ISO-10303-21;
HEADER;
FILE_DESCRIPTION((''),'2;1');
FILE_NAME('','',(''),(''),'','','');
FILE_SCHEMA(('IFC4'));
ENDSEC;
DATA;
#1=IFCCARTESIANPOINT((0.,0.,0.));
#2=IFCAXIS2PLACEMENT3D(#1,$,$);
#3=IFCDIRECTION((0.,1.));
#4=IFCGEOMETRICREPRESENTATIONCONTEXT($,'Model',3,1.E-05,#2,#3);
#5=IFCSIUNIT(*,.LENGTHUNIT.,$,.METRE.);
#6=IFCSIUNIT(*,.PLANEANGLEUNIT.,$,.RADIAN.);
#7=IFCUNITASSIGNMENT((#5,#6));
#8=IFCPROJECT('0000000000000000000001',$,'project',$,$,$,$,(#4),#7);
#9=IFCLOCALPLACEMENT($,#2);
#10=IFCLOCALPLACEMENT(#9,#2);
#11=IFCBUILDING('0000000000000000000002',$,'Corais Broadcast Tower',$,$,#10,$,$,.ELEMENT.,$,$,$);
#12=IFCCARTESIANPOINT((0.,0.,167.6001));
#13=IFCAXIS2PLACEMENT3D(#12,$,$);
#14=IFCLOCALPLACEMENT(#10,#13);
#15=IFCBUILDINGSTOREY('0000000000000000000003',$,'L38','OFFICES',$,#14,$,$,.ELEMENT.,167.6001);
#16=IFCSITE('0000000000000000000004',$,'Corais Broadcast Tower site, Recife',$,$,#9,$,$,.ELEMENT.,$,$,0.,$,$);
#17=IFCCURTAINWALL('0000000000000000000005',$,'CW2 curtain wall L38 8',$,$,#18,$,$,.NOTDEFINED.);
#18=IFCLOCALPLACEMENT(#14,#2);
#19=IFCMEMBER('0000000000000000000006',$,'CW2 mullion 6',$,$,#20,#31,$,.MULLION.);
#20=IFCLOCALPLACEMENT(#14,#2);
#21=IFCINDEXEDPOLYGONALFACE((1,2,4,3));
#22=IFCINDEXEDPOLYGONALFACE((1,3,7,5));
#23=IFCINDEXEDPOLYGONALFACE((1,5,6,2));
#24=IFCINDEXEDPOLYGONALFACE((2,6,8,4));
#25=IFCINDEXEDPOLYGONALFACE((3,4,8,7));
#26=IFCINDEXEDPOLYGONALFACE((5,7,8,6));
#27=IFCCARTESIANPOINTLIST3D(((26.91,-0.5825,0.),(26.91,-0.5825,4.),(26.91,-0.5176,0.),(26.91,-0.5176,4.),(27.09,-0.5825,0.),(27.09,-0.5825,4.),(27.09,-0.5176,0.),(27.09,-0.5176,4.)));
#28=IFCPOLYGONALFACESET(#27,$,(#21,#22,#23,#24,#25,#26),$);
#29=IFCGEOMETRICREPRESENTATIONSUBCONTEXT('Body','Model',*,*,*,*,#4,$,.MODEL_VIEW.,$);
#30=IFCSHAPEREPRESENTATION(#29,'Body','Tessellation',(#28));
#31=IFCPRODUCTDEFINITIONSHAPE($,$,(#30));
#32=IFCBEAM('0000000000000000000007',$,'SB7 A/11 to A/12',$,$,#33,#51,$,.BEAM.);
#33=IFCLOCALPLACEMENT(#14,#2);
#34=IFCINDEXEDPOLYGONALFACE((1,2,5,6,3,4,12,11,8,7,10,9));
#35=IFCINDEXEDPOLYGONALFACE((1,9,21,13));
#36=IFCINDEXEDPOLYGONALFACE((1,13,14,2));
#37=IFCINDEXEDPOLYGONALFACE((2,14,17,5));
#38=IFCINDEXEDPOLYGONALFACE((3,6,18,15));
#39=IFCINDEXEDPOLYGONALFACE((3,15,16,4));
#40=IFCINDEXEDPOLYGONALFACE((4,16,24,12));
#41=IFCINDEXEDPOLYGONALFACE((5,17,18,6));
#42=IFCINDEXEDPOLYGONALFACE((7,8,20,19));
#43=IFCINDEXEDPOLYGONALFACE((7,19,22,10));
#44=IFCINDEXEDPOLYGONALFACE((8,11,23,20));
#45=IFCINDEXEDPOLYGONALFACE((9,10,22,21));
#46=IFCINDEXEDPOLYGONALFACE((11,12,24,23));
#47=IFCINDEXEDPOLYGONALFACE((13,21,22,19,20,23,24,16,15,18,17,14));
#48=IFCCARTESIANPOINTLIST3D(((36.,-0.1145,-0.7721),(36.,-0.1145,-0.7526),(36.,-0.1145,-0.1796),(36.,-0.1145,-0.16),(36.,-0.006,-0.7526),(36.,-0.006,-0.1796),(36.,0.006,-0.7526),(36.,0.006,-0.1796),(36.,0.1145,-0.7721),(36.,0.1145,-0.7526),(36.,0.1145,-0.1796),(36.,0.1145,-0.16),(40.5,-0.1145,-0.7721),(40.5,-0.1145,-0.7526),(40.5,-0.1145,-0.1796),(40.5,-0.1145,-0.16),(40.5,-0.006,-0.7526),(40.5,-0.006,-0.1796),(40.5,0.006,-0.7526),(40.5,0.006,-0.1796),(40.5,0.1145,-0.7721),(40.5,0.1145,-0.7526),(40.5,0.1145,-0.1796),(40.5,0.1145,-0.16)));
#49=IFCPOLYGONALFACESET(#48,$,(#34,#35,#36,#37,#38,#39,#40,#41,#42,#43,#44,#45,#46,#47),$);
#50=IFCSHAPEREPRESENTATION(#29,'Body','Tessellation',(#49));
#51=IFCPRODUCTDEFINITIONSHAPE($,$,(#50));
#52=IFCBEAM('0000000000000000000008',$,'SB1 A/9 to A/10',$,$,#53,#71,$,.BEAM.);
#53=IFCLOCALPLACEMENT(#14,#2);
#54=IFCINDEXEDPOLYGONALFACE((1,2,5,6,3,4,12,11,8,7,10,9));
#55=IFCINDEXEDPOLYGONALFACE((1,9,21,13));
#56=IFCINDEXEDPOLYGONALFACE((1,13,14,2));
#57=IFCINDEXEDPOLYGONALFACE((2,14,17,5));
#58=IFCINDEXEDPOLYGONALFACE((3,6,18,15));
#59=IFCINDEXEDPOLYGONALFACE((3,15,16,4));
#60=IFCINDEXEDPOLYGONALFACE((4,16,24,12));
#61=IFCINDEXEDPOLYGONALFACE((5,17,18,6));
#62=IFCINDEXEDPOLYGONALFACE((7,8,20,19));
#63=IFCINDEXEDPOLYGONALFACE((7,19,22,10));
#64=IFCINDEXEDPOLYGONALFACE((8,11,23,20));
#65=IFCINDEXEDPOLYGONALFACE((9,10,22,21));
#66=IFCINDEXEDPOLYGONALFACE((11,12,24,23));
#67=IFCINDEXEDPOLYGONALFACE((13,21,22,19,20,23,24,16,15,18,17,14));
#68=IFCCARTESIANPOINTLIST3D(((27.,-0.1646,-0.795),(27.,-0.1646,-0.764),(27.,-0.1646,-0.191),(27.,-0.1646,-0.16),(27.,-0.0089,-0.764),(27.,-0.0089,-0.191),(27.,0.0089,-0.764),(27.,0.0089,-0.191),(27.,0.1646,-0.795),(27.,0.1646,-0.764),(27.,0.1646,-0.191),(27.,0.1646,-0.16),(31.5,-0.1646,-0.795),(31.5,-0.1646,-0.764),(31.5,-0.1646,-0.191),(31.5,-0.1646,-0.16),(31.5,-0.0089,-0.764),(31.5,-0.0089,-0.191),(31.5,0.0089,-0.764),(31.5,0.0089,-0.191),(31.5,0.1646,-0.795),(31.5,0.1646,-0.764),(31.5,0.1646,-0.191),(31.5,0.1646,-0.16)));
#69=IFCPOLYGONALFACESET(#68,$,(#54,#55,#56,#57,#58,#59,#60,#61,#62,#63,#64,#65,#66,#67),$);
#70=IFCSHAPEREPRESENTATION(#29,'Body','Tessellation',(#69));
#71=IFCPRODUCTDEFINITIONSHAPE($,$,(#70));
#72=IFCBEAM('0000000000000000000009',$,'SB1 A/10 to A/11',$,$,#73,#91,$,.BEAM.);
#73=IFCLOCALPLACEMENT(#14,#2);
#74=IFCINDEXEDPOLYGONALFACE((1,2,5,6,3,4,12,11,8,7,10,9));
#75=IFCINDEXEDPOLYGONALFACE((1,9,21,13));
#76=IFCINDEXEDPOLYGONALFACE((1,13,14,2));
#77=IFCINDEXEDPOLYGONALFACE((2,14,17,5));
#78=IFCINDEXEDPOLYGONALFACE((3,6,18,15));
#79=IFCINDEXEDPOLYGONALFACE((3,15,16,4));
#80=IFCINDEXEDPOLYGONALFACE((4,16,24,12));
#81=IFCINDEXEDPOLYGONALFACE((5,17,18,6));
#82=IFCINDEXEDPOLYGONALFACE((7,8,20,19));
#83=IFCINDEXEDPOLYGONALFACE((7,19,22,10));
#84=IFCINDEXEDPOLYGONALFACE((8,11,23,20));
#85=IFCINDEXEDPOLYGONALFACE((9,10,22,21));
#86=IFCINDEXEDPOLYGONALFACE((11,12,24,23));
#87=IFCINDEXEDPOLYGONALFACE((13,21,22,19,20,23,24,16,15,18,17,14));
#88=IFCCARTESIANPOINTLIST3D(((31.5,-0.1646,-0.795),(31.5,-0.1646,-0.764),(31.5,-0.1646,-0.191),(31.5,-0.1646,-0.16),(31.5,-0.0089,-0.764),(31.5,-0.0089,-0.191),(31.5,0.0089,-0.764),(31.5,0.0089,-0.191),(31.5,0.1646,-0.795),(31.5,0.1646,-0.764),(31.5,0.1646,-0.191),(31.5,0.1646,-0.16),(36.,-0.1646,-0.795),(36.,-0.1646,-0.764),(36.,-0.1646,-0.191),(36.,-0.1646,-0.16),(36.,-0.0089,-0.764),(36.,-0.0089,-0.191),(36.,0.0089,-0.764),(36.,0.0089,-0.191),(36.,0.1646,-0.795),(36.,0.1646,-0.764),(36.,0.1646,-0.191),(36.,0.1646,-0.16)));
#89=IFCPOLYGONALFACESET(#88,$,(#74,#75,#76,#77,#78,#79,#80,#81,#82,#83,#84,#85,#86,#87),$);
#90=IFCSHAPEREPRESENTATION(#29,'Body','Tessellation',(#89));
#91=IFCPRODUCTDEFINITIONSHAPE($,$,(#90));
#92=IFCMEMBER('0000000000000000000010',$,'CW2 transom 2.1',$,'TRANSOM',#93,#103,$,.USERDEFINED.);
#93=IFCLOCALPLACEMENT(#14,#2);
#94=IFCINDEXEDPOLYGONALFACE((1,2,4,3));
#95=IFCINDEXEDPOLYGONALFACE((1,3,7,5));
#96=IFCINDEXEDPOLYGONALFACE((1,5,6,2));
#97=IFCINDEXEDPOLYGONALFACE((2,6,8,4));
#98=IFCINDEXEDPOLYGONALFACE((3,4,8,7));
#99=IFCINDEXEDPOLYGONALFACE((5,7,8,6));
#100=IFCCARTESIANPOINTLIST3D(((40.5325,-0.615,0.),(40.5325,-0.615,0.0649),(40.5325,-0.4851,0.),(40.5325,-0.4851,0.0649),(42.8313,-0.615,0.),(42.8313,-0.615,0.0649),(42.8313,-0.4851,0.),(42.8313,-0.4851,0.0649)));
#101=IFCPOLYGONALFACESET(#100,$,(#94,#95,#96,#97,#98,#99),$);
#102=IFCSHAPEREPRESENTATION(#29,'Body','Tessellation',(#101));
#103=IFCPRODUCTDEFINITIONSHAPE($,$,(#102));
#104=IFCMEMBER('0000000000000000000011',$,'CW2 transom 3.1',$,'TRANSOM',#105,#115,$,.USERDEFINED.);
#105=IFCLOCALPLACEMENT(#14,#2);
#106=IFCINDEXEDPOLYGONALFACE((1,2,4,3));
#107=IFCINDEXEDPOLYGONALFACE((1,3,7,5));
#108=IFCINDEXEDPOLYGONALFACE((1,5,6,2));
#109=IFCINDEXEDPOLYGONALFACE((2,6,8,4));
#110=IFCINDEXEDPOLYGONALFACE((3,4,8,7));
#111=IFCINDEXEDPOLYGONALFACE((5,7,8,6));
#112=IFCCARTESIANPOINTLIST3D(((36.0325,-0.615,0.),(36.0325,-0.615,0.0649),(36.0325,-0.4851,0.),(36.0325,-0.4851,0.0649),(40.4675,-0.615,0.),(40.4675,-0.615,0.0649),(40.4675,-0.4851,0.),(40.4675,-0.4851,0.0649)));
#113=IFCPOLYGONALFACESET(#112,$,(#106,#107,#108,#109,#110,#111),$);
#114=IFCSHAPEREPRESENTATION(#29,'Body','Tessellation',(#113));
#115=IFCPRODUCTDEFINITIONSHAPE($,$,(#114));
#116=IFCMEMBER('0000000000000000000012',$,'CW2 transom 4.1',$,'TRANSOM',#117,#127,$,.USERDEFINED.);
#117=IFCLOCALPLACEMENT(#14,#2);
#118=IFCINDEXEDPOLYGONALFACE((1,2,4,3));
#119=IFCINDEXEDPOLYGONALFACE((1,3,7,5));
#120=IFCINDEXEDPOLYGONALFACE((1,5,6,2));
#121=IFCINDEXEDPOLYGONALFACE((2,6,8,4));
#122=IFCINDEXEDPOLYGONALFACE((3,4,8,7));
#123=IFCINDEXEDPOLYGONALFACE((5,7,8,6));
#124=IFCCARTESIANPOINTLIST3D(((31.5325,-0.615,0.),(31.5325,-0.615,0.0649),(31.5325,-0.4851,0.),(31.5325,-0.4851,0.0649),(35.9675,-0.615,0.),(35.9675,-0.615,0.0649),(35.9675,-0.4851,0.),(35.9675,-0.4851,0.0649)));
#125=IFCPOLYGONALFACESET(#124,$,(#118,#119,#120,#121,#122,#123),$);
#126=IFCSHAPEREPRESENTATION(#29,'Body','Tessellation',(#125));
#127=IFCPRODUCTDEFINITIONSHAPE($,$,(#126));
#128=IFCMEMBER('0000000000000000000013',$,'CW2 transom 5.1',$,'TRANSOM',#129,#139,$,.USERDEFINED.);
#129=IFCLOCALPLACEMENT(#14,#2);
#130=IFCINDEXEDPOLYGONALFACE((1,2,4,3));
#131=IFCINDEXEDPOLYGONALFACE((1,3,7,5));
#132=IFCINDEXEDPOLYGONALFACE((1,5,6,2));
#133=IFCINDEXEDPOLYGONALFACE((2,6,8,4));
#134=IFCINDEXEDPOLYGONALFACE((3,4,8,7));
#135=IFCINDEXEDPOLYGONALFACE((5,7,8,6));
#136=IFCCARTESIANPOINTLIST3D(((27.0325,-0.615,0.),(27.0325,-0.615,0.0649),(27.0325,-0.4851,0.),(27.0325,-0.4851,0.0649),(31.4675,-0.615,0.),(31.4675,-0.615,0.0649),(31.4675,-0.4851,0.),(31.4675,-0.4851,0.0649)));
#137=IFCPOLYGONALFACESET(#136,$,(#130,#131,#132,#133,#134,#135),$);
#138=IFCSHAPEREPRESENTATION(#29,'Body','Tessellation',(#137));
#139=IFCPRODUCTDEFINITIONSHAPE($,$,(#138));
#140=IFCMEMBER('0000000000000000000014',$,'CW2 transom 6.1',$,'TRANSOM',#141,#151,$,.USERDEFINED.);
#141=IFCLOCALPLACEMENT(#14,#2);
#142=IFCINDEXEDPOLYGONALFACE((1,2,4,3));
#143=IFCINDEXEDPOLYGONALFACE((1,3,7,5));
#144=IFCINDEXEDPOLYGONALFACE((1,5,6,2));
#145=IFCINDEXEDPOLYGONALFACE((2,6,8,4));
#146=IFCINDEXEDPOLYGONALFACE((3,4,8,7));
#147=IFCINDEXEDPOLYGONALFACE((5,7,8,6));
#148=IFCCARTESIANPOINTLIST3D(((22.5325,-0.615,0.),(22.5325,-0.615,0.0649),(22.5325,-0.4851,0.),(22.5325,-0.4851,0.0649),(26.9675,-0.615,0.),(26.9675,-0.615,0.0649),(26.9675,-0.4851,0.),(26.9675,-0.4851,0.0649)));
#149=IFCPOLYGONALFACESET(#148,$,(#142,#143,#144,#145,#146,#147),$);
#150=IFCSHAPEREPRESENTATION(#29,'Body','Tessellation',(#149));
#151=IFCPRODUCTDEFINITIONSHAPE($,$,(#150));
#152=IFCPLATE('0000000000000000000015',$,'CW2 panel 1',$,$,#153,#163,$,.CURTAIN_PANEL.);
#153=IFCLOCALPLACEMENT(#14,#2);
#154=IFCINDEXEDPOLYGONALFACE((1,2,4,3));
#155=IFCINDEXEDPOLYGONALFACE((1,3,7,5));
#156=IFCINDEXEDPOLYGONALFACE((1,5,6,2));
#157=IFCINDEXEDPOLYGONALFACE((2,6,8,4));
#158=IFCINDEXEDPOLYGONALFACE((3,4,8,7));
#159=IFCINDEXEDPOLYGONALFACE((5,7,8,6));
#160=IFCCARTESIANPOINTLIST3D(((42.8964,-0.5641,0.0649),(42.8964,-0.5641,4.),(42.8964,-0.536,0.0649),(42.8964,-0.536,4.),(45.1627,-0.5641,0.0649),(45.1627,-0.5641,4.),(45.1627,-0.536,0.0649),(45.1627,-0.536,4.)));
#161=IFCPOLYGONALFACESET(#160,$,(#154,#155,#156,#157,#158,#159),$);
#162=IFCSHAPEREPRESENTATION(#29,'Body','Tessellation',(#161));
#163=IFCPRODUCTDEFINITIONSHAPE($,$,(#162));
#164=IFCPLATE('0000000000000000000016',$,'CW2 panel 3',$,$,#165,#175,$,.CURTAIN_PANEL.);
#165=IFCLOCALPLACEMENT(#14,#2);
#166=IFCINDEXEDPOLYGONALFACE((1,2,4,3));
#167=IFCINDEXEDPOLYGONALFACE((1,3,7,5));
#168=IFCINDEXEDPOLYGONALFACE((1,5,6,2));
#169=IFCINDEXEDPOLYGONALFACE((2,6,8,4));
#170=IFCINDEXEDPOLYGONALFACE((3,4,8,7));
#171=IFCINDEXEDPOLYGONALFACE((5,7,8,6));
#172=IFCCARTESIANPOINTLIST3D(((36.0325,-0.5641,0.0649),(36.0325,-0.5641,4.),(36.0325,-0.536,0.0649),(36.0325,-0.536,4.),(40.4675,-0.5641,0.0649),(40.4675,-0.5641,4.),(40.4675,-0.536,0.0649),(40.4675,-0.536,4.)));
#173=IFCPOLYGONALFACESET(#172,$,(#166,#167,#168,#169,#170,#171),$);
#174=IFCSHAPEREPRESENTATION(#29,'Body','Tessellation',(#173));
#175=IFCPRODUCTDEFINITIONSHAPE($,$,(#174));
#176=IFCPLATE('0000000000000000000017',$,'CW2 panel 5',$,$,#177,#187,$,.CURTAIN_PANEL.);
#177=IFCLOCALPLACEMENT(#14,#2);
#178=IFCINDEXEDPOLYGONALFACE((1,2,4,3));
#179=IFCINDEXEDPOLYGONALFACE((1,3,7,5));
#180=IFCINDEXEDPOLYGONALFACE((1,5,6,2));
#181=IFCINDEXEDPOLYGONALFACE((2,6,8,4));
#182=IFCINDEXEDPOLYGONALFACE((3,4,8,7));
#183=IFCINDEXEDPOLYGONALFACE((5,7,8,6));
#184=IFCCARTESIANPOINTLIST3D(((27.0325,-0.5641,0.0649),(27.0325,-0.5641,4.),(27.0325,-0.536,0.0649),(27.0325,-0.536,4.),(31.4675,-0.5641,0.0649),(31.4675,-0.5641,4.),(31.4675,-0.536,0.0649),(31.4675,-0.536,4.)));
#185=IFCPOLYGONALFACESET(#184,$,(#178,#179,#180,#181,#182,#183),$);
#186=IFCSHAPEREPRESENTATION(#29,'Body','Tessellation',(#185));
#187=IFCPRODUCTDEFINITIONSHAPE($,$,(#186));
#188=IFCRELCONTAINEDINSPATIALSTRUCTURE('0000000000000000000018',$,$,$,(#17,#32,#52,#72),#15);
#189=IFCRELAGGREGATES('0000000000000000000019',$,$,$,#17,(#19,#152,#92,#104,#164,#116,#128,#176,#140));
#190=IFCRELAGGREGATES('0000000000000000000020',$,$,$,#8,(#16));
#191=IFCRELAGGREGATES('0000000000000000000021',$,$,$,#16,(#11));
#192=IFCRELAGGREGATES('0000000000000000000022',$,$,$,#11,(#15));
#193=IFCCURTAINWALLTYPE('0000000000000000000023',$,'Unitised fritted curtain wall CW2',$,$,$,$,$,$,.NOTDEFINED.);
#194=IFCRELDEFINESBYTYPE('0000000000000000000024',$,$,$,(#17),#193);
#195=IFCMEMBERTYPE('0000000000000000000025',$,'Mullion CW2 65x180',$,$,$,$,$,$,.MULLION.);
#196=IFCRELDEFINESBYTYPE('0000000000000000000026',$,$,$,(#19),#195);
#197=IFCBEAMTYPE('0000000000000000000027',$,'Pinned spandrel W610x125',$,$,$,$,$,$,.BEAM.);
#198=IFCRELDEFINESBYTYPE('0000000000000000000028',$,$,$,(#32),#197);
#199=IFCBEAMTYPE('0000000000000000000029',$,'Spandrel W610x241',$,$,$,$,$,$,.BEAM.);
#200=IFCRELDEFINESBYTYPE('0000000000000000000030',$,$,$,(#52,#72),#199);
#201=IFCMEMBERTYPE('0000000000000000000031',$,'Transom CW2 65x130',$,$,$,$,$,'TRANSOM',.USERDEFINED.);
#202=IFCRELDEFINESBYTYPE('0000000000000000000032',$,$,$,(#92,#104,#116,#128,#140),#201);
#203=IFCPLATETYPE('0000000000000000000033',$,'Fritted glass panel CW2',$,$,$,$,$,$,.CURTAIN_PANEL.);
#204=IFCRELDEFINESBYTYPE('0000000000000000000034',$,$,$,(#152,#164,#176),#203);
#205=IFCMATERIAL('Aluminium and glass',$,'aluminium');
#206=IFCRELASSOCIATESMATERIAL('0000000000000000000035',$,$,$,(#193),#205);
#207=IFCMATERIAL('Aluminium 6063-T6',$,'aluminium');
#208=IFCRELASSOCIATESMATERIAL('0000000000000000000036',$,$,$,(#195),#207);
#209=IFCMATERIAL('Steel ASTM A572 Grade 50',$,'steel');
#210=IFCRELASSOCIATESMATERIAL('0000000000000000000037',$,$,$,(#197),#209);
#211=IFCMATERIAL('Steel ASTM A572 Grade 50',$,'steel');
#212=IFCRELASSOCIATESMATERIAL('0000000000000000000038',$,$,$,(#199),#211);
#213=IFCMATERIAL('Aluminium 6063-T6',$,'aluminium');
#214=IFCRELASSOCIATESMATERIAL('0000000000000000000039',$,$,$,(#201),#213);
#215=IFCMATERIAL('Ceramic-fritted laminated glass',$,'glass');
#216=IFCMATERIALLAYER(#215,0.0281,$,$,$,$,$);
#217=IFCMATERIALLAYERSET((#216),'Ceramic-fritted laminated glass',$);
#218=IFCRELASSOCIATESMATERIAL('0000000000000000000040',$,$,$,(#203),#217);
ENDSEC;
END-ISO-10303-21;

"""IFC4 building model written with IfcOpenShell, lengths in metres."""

from ifc_helpers import new_model, si_unit, direction, frame, origin, origin_2d, place, context, subcontext, project, spatial, rectangle, i_section, extrude, material, layer, layer_set, material_profile, profile_set, type_object, element, aggregate, save


model = new_model("IFC4")

# Units and contexts
model_context = context("Model", 3, precision=1e-05, world=origin(), true_north=direction((0.0, 1.0)))
body_context = subcontext(model_context, "Body", "Model", "MODEL_VIEW")
ifc_project = project(units=[si_unit("LENGTHUNIT", "METRE"), si_unit("PLANEANGLEUNIT", "RADIAN")], contexts=[model_context])

# Site, building, storey
site_placement = place(None, origin())
site = spatial("IfcSite", under=ifc_project, at=site_placement, Name="Corais Broadcast Tower site, Recife", CompositionType="ELEMENT", RefElevation=0.0)
building_placement = place(site_placement, origin())
building = spatial("IfcBuilding", under=site, at=building_placement, Name="Corais Broadcast Tower", CompositionType="ELEMENT")
storey_placement = place(building_placement, frame((0.0, 0.0, 167.6001)))
storey = spatial("IfcBuildingStorey", under=building, at=storey_placement, Name="L38", Description="OFFICES", CompositionType="ELEMENT", Elevation=167.6001)

# Curtain wall, member
ifc_material_1 = material(Name="Aluminium and glass", Category="aluminium")
curtain_wall_type = type_object("IfcCurtainWallType", Name="Unitised fritted curtain wall CW2", PredefinedType="NOTDEFINED", material=ifc_material_1)
curtain_wall_placement = place(storey_placement, origin())
curtain_wall = element("IfcCurtainWall", 1, at=curtain_wall_placement, inside=storey, type_object=curtain_wall_type, Name="CW2 curtain wall L38 8", PredefinedType="NOTDEFINED")
ifc_material_2 = material(Name="Aluminium 6063-T6", Category="aluminium")
ifc_material_profile_1 = material_profile(ifc_material_2, rectangle(XDim=0.0649, YDim=0.1799, at=origin_2d()), Name="Mullion CW2 65x180")
ifc_profile_set_1 = profile_set([ifc_material_profile_1], Name="Aluminium 6063-T6")
member_type_1 = type_object("IfcMemberType", Name="Mullion CW2 65x180", PredefinedType="MULLION", material=ifc_profile_set_1)
member_1_placement = place(storey_placement, frame((27.0, -0.55, 0.0), z_axis=(0.0, 0.0, 1.0), x_axis=(0.0, -1.0, 0.0)))
member_1 = element("IfcMember", 2, at=member_1_placement, type_object=member_type_1, Name="CW2 mullion 6", PredefinedType="MULLION", context=body_context, shape_type="SweptSolid", body=[
    extrude(rectangle(XDim=0.0649, YDim=0.1799, at=origin_2d()), origin(), (0.0, 0.0, 1.0), 4.0),
])

# Beams
ifc_material_3 = material(Name="Steel ASTM A572 Grade 50", Category="steel")
ifc_material_profile_2 = material_profile(ifc_material_3, i_section(OverallWidth=0.229, OverallDepth=0.6121, WebThickness=0.012, FlangeThickness=0.0195, at=origin_2d()), Name="W610x125")
ifc_profile_set_2 = profile_set([ifc_material_profile_2], Name="Steel ASTM A572 Grade 50")
beam_type_1 = type_object("IfcBeamType", Name="Pinned spandrel W610x125", PredefinedType="BEAM", material=ifc_profile_set_2)
beam_placement = place(storey_placement, frame((36.0, 0.0, -0.4661), z_axis=(1.0, 0.0, 0.0), x_axis=(0.0, 1.0, 0.0)))
element("IfcBeam", 3, at=beam_placement, inside=storey, type_object=beam_type_1, Name="SB7 A/11 to A/12", PredefinedType="BEAM", context=body_context, shape_type="SweptSolid", body=[
    extrude(i_section(OverallWidth=0.229, OverallDepth=0.6121, WebThickness=0.012, FlangeThickness=0.0195, at=origin_2d()), origin(), (0.0, 0.0, 1.0), 4.5),
])
ifc_material_4 = material(Name="Steel ASTM A572 Grade 50", Category="steel")
ifc_material_profile_3 = material_profile(ifc_material_4, i_section(OverallWidth=0.3291, OverallDepth=0.635, WebThickness=0.0178, FlangeThickness=0.031, at=origin_2d()), Name="W610x241")
ifc_profile_set_3 = profile_set([ifc_material_profile_3], Name="Steel ASTM A572 Grade 50")
beam_type_2 = type_object("IfcBeamType", Name="Spandrel W610x241", PredefinedType="BEAM", material=ifc_profile_set_3)
for number, where, z_axis, x_axis, name in (
    (4, (27.0, 0.0, -0.4775), (1.0, 0.0, 0.0), (0.0, 1.0, 0.0), "SB1 A/9 to A/10"),
    (5, (31.5, 0.0, -0.4775), (1.0, 0.0, 0.0), (0.0, 1.0, 0.0), "SB1 A/10 to A/11"),
):
    element("IfcBeam", number, at=place(storey_placement, frame(where, z_axis=z_axis, x_axis=x_axis)), inside=storey, type_object=beam_type_2, Name=name, PredefinedType="BEAM", context=body_context, shape_type="SweptSolid", body=[
        extrude(i_section(OverallWidth=0.3291, OverallDepth=0.635, WebThickness=0.0178, FlangeThickness=0.031, at=origin_2d()), origin(), (0.0, 0.0, 1.0), 4.5),
    ])

# Members
ifc_material_5 = material(Name="Aluminium 6063-T6", Category="aluminium")
ifc_material_profile_4 = material_profile(ifc_material_5, rectangle(XDim=0.1299, YDim=0.0649, at=origin_2d()), Name="Transom CW2 65x130")
ifc_profile_set_4 = profile_set([ifc_material_profile_4], Name="Aluminium 6063-T6")
member_type_2 = type_object("IfcMemberType", Name="Transom CW2 65x130", ElementType="TRANSOM", PredefinedType="USERDEFINED", material=ifc_profile_set_4)
member_2_placement = place(storey_placement, frame((42.8313, -0.55, 0.0325), z_axis=(-1.0, 0.0, 0.0), x_axis=(0.0, -1.0, 0.0)))
member_2 = element("IfcMember", 6, at=member_2_placement, type_object=member_type_2, Name="CW2 transom 2.1", ObjectType="TRANSOM", PredefinedType="USERDEFINED", context=body_context, shape_type="SweptSolid", body=[
    extrude(rectangle(XDim=0.1299, YDim=0.0649, at=origin_2d()), origin(), (0.0, 0.0, 1.0), 2.2988),
])
member_3_placement = place(storey_placement, frame((40.4675, -0.55, 0.0325), z_axis=(-1.0, 0.0, 0.0), x_axis=(0.0, -1.0, 0.0)))
member_3 = element("IfcMember", 7, at=member_3_placement, type_object=member_type_2, Name="CW2 transom 3.1", ObjectType="TRANSOM", PredefinedType="USERDEFINED", context=body_context, shape_type="SweptSolid", body=[
    extrude(rectangle(XDim=0.1299, YDim=0.0649, at=origin_2d()), origin(), (0.0, 0.0, 1.0), 4.4351),
])
member_4_placement = place(storey_placement, frame((35.9675, -0.55, 0.0325), z_axis=(-1.0, 0.0, 0.0), x_axis=(0.0, -1.0, 0.0)))
member_4 = element("IfcMember", 8, at=member_4_placement, type_object=member_type_2, Name="CW2 transom 4.1", ObjectType="TRANSOM", PredefinedType="USERDEFINED", context=body_context, shape_type="SweptSolid", body=[
    extrude(rectangle(XDim=0.1299, YDim=0.0649, at=origin_2d()), origin(), (0.0, 0.0, 1.0), 4.4351),
])
member_5_placement = place(storey_placement, frame((31.4675, -0.55, 0.0325), z_axis=(-1.0, 0.0, 0.0), x_axis=(0.0, -1.0, 0.0)))
member_5 = element("IfcMember", 9, at=member_5_placement, type_object=member_type_2, Name="CW2 transom 5.1", ObjectType="TRANSOM", PredefinedType="USERDEFINED", context=body_context, shape_type="SweptSolid", body=[
    extrude(rectangle(XDim=0.1299, YDim=0.0649, at=origin_2d()), origin(), (0.0, 0.0, 1.0), 4.4351),
])
member_6_placement = place(storey_placement, frame((26.9675, -0.55, 0.0325), z_axis=(-1.0, 0.0, 0.0), x_axis=(0.0, -1.0, 0.0)))
member_6 = element("IfcMember", 10, at=member_6_placement, type_object=member_type_2, Name="CW2 transom 6.1", ObjectType="TRANSOM", PredefinedType="USERDEFINED", context=body_context, shape_type="SweptSolid", body=[
    extrude(rectangle(XDim=0.1299, YDim=0.0649, at=origin_2d()), origin(), (0.0, 0.0, 1.0), 4.4351),
])

# Plates
ifc_material_6 = material(Name="Ceramic-fritted laminated glass", Category="glass")
ifc_layer_1 = layer(ifc_material_6, 0.0281)
ifc_layer_set_1 = layer_set([ifc_layer_1], Name="Ceramic-fritted laminated glass")
plate_type_1 = type_object("IfcPlateType", Name="Fritted glass panel CW2", PredefinedType="CURTAIN_PANEL", material=ifc_layer_set_1)
plate_1_placement = place(storey_placement, frame((44.0295, -0.55, 0.0649), z_axis=(0.0, 0.0, 1.0), x_axis=(-1.0, 0.0, 0.0)))
plate_1 = element("IfcPlate", 11, at=plate_1_placement, type_object=plate_type_1, Name="CW2 panel 1", PredefinedType="CURTAIN_PANEL", context=body_context, shape_type="SweptSolid", body=[
    extrude(rectangle(XDim=2.2664, YDim=0.0281, at=origin_2d()), origin(), (0.0, 0.0, 1.0), 3.9351),
])
plate_2_placement = place(storey_placement, frame((38.25, -0.55, 0.0649), z_axis=(0.0, 0.0, 1.0), x_axis=(-1.0, 0.0, 0.0)))
plate_2 = element("IfcPlate", 12, at=plate_2_placement, type_object=plate_type_1, Name="CW2 panel 3", PredefinedType="CURTAIN_PANEL", context=body_context, shape_type="SweptSolid", body=[
    extrude(rectangle(XDim=4.4351, YDim=0.0281, at=origin_2d()), origin(), (0.0, 0.0, 1.0), 3.9351),
])
plate_3_placement = place(storey_placement, frame((29.25, -0.55, 0.0649), z_axis=(0.0, 0.0, 1.0), x_axis=(-1.0, 0.0, 0.0)))
plate_3 = element("IfcPlate", 13, at=plate_3_placement, type_object=plate_type_1, Name="CW2 panel 5", PredefinedType="CURTAIN_PANEL", context=body_context, shape_type="SweptSolid", body=[
    extrude(rectangle(XDim=4.4351, YDim=0.0281, at=origin_2d()), origin(), (0.0, 0.0, 1.0), 3.9351),
])
aggregate(curtain_wall, [member_1, plate_1, member_2, member_3, plate_2, member_4, member_5, plate_3, member_6])

save(model, "model.ifc")
